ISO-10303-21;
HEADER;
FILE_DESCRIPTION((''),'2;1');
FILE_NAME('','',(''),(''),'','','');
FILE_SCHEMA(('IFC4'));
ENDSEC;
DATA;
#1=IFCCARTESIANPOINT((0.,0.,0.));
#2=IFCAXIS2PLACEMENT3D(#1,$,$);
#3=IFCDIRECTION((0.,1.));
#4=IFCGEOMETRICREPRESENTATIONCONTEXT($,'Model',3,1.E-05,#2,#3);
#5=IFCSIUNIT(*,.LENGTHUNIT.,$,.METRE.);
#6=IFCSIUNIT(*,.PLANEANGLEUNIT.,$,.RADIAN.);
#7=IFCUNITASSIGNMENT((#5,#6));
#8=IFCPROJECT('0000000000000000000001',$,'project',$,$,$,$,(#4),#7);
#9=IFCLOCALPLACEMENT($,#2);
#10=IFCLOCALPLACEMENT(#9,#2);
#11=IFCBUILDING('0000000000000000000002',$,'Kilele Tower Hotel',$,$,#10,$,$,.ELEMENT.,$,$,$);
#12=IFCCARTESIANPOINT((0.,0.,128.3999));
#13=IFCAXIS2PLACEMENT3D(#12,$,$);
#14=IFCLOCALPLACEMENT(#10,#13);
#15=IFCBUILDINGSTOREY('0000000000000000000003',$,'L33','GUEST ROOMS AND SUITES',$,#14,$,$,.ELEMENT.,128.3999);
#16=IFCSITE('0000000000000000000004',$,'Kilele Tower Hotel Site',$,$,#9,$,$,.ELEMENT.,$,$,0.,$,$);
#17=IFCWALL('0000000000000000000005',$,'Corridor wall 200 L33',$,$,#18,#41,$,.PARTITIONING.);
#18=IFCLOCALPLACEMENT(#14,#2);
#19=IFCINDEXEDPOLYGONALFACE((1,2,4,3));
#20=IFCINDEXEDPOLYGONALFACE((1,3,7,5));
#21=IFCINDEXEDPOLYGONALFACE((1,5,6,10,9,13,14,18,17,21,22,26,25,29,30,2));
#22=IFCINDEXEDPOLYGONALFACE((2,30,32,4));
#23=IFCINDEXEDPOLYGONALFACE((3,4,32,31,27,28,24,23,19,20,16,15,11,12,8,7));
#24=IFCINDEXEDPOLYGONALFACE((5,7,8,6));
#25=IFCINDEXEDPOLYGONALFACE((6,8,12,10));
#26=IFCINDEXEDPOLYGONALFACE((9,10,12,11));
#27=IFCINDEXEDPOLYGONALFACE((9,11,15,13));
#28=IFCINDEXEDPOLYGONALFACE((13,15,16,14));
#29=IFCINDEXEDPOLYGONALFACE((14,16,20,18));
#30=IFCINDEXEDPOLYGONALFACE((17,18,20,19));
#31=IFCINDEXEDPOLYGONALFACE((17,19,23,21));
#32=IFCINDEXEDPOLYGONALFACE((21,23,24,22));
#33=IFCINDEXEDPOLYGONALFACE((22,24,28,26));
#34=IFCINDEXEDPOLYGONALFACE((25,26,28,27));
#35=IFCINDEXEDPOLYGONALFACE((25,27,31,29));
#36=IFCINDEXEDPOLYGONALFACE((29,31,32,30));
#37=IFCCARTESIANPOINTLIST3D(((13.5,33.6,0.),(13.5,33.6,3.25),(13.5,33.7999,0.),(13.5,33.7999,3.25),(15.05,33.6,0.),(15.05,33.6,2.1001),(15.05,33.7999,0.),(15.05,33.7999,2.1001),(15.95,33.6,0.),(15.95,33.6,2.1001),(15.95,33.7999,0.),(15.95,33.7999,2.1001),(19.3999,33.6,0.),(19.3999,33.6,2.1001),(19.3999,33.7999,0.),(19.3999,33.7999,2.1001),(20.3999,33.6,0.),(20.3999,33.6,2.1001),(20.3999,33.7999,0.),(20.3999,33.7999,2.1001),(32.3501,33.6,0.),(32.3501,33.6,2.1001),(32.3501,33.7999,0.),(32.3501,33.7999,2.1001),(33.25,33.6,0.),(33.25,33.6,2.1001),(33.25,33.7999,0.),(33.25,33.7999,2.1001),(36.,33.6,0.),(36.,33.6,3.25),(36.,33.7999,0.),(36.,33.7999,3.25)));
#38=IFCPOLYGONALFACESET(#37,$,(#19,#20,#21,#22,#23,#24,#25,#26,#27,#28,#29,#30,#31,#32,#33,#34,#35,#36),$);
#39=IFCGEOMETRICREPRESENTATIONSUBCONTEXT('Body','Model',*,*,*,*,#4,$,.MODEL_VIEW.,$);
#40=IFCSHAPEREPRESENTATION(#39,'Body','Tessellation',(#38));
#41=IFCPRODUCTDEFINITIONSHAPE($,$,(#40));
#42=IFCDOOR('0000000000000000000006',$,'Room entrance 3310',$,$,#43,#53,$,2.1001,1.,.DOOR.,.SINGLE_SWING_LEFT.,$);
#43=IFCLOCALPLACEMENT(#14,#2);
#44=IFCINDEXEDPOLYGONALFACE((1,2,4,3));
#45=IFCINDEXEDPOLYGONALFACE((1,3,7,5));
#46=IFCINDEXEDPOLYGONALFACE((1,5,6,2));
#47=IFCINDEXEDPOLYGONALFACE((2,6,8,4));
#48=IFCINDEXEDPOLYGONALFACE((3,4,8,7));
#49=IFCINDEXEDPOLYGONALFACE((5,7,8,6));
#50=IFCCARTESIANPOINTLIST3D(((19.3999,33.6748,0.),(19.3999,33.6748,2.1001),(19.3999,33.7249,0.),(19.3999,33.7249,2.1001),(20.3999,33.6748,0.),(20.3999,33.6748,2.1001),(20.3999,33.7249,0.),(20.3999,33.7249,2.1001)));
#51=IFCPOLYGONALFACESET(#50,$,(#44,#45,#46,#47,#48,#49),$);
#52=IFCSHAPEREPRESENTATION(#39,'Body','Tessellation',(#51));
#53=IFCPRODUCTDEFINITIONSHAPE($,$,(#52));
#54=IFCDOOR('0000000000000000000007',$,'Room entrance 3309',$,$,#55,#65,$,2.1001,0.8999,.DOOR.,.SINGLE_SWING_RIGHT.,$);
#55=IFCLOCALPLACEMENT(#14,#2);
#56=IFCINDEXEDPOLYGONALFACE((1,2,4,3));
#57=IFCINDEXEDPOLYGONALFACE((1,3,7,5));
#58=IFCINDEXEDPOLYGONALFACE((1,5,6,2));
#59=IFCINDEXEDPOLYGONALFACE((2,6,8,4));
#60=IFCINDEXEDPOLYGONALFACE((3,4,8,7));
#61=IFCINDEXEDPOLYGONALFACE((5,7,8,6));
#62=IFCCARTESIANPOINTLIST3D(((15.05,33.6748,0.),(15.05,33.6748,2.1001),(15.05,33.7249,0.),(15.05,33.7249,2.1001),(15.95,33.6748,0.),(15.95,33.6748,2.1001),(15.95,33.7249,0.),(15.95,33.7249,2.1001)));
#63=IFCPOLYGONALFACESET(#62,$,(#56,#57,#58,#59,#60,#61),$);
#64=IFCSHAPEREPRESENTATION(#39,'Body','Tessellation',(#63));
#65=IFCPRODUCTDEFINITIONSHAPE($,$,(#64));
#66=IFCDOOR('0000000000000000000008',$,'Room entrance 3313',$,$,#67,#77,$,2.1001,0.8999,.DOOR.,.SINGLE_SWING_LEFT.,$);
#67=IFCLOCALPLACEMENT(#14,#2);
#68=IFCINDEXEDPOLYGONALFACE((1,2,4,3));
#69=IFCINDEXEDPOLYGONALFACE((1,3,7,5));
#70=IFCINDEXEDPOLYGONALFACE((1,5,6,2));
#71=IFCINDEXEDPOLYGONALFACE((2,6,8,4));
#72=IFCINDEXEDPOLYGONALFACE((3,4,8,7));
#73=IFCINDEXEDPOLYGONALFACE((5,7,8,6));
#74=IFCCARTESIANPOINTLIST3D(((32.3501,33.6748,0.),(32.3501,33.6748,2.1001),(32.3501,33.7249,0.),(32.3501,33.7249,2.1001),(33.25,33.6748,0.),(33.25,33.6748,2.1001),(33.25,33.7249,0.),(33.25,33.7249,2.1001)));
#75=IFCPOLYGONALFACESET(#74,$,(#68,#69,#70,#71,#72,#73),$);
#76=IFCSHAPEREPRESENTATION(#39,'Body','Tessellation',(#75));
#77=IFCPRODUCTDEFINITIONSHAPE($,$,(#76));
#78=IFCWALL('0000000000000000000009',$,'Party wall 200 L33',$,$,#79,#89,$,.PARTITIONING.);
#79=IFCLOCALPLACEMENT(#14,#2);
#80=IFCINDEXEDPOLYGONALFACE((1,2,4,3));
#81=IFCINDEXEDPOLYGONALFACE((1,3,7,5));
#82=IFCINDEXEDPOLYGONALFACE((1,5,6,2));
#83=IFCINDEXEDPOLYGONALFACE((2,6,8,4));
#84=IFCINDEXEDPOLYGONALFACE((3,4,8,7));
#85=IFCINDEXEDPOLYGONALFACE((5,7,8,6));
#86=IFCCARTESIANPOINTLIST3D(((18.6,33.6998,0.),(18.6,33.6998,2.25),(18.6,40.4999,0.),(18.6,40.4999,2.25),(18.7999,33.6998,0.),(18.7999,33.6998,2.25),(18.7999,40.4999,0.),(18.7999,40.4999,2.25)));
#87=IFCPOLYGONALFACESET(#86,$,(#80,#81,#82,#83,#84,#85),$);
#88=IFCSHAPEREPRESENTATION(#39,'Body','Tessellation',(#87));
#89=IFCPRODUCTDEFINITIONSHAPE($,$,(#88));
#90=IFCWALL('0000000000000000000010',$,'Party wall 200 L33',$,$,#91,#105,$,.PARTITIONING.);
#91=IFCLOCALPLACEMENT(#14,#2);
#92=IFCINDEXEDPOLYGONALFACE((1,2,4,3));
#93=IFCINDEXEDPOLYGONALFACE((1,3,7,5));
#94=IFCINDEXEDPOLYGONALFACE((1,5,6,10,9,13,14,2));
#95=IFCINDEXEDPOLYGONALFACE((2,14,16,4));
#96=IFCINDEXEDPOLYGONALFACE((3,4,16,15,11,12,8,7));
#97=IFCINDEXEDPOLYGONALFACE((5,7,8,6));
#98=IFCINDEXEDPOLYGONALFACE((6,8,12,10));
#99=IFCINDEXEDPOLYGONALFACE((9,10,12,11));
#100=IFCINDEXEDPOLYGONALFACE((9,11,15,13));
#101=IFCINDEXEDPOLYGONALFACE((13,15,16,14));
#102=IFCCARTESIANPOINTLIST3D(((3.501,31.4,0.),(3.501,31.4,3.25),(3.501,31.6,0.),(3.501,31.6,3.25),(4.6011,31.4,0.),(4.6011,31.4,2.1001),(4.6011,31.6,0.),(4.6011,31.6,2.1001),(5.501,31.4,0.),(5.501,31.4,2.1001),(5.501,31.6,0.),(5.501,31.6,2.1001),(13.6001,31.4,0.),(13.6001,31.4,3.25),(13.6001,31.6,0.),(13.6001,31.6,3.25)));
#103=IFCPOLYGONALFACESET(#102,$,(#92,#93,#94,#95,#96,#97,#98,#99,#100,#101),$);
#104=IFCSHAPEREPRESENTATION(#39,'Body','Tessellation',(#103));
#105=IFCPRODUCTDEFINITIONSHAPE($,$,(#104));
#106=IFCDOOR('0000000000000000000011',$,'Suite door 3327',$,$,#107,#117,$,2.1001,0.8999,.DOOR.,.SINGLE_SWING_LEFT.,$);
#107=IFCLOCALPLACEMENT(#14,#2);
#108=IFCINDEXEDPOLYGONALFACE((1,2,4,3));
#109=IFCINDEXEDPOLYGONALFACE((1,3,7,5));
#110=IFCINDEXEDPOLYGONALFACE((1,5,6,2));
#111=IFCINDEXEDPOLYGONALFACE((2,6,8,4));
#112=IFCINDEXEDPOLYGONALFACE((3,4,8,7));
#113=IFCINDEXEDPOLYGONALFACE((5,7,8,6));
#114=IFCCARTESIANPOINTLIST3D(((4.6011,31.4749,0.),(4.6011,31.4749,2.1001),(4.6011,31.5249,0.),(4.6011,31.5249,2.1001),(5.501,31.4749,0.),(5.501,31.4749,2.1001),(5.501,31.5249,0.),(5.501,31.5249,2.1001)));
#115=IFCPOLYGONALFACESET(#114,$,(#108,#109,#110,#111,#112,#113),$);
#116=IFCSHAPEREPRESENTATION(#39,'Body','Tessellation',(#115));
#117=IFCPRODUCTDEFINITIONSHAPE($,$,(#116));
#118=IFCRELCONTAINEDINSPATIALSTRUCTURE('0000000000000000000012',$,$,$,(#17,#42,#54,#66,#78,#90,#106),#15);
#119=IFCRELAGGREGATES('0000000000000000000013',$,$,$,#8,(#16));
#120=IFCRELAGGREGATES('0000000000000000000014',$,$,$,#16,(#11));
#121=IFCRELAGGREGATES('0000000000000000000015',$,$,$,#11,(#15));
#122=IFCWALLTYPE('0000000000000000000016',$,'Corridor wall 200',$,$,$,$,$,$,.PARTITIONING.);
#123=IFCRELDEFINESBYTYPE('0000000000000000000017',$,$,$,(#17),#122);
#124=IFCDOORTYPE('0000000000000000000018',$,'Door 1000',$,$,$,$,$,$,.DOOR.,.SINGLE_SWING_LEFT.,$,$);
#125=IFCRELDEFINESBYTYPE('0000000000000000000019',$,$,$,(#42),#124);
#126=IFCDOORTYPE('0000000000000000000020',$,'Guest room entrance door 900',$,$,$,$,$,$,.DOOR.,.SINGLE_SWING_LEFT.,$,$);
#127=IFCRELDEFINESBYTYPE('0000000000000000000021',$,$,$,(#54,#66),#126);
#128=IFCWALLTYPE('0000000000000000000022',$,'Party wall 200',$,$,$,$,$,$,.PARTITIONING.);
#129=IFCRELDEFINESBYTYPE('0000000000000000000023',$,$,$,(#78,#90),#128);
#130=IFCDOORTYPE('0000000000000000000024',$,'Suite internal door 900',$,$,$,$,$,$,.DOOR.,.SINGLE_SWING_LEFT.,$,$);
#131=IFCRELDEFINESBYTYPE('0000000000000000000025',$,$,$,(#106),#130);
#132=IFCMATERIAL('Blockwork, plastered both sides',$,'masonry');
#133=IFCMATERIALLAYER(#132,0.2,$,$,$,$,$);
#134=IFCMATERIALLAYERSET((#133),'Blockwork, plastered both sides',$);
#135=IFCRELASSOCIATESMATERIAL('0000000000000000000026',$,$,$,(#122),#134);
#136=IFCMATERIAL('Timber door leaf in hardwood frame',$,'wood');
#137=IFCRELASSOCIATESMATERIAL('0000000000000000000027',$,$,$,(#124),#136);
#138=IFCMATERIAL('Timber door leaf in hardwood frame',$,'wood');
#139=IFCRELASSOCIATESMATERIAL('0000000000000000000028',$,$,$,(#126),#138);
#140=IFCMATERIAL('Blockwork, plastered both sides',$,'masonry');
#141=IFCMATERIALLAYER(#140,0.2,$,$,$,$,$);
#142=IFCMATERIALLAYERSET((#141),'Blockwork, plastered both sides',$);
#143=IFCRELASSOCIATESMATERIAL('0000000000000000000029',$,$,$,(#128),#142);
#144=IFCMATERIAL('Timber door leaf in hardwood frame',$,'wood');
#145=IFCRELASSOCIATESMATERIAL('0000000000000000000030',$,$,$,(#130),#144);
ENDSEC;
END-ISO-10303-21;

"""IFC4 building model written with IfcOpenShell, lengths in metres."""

from ifc_helpers import new_model, si_unit, direction, frame, frame_2d, origin, place, context, subcontext, project, spatial, rectangle, extrude, material, layer, layer_set, type_object, element, fill, save


model = new_model("IFC4")

# Units and contexts
model_context = context("Model", 3, precision=1e-05, world=origin(), true_north=direction((0.0, 1.0)))
body_context = subcontext(model_context, "Body", "Model", "MODEL_VIEW")
ifc_project = project(units=[si_unit("LENGTHUNIT", "METRE"), si_unit("PLANEANGLEUNIT", "RADIAN")], contexts=[model_context])

# Site, building, storey
site_placement = place(None, origin())
site = spatial("IfcSite", under=ifc_project, at=site_placement, Name="Kilele Tower Hotel Site", CompositionType="ELEMENT", RefElevation=0.0)
building_placement = place(site_placement, origin())
building = spatial("IfcBuilding", under=site, at=building_placement, Name="Kilele Tower Hotel", CompositionType="ELEMENT")
storey_placement = place(building_placement, frame((0.0, 0.0, 128.3999)))
storey = spatial("IfcBuildingStorey", under=building, at=storey_placement, Name="L33", Description="GUEST ROOMS AND SUITES", CompositionType="ELEMENT", Elevation=128.3999)

# Wall, openings, doors
ifc_material_1 = material(Name="Blockwork, plastered both sides", Category="masonry")
ifc_layer_1 = layer(ifc_material_1, 0.2)
ifc_layer_set_1 = layer_set([ifc_layer_1], Name="Blockwork, plastered both sides")
wall_type_1 = type_object("IfcWallType", Name="Corridor wall 200", PredefinedType="PARTITIONING", material=ifc_layer_set_1)
wall_1_placement = place(storey_placement, frame((13.5, 33.7, 0.0), z_axis=(0.0, 0.0, 1.0), x_axis=(1.0, 0.0, 0.0)))
wall_1 = element("IfcWall", 1, at=wall_1_placement, inside=storey, type_object=wall_type_1, Name="Corridor wall 200 L33", PredefinedType="PARTITIONING", context=body_context, shape_type="SweptSolid", body=[
    extrude(rectangle(XDim=22.5, YDim=0.2, at=frame_2d((11.25, 0.0))), origin(), (0.0, 0.0, 1.0), 3.25),
])
opening_1_placement = place(wall_1_placement, frame((1.55, 0.0, 0.0)))
opening_1 = element("IfcOpeningElement", 2, at=opening_1_placement, cuts=wall_1, PredefinedType="OPENING", context=body_context, shape_type="SweptSolid", body=[
    extrude(rectangle(XDim=0.8999, YDim=2.1001, at=frame_2d((0.45, 1.05))), frame((0.0, 0.1099, 0.0), z_axis=(0.0, -1.0, 0.0), x_axis=(1.0, 0.0, 0.0)), (0.0, 0.0, 1.0), 0.22),
])
opening_2_placement = place(wall_1_placement, frame((5.8999, 0.0, 0.0)))
opening_2 = element("IfcOpeningElement", 3, at=opening_2_placement, cuts=wall_1, PredefinedType="OPENING", context=body_context, shape_type="SweptSolid", body=[
    extrude(rectangle(XDim=1.0, YDim=2.1001, at=frame_2d((0.5, 1.05))), frame((0.0, 0.1099, 0.0), z_axis=(0.0, -1.0, 0.0), x_axis=(1.0, 0.0, 0.0)), (0.0, 0.0, 1.0), 0.22),
])
opening_3_placement = place(wall_1_placement, frame((18.8501, 0.0, 0.0)))
opening_3 = element("IfcOpeningElement", 4, at=opening_3_placement, cuts=wall_1, PredefinedType="OPENING", context=body_context, shape_type="SweptSolid", body=[
    extrude(rectangle(XDim=0.8999, YDim=2.1001, at=frame_2d((0.45, 1.05))), frame((0.0, 0.1099, 0.0), z_axis=(0.0, -1.0, 0.0), x_axis=(1.0, 0.0, 0.0)), (0.0, 0.0, 1.0), 0.22),
])
ifc_material_2 = material(Name="Timber door leaf in hardwood frame", Category="wood")
door_type_1 = type_object("IfcDoorType", Name="Door 1000", OperationType="SINGLE_SWING_LEFT", PredefinedType="DOOR", material=ifc_material_2)
door_1_placement = place(opening_2_placement, origin())
door_1 = element("IfcDoor", 5, at=door_1_placement, inside=storey, type_object=door_type_1, Name="Room entrance 3310", OperationType="SINGLE_SWING_LEFT", OverallHeight=2.1001, OverallWidth=1.0, PredefinedType="DOOR", context=body_context, shape_type="SweptSolid", body=[
    extrude(rectangle(XDim=1.0, YDim=2.1001, at=frame_2d((0.5, 1.05))), frame((0.0, 0.0249, 0.0), z_axis=(0.0, -1.0, 0.0), x_axis=(1.0, 0.0, 0.0)), (0.0, 0.0, 1.0), 0.05),
])
fill(opening_2, door_1)
ifc_material_3 = material(Name="Timber door leaf in hardwood frame", Category="wood")
door_type_2 = type_object("IfcDoorType", Name="Guest room entrance door 900", OperationType="SINGLE_SWING_LEFT", PredefinedType="DOOR", material=ifc_material_3)
door_2_placement = place(opening_1_placement, origin())
door_2 = element("IfcDoor", 6, at=door_2_placement, inside=storey, type_object=door_type_2, Name="Room entrance 3309", OperationType="SINGLE_SWING_RIGHT", OverallHeight=2.1001, OverallWidth=0.8999, PredefinedType="DOOR", context=body_context, shape_type="SweptSolid", body=[
    extrude(rectangle(XDim=0.8999, YDim=2.1001, at=frame_2d((0.45, 1.05))), frame((0.0, 0.0249, 0.0), z_axis=(0.0, -1.0, 0.0), x_axis=(1.0, 0.0, 0.0)), (0.0, 0.0, 1.0), 0.05),
])
fill(opening_1, door_2)
door_3_placement = place(opening_3_placement, origin())
door_3 = element("IfcDoor", 7, at=door_3_placement, inside=storey, type_object=door_type_2, Name="Room entrance 3313", OperationType="SINGLE_SWING_LEFT", OverallHeight=2.1001, OverallWidth=0.8999, PredefinedType="DOOR", context=body_context, shape_type="SweptSolid", body=[
    extrude(rectangle(XDim=0.8999, YDim=2.1001, at=frame_2d((0.45, 1.05))), frame((0.0, 0.0249, 0.0), z_axis=(0.0, -1.0, 0.0), x_axis=(1.0, 0.0, 0.0)), (0.0, 0.0, 1.0), 0.05),
])
fill(opening_3, door_3)

# Wall
ifc_material_4 = material(Name="Blockwork, plastered both sides", Category="masonry")
ifc_layer_2 = layer(ifc_material_4, 0.2)
ifc_layer_set_2 = layer_set([ifc_layer_2], Name="Blockwork, plastered both sides")
wall_type_2 = type_object("IfcWallType", Name="Party wall 200", PredefinedType="PARTITIONING", material=ifc_layer_set_2)
wall_2_placement = place(storey_placement, frame((18.7, 33.7, 0.0), z_axis=(0.0, 0.0, 1.0), x_axis=(0.0, 1.0, 0.0)))
element("IfcWall", 8, at=wall_2_placement, inside=storey, type_object=wall_type_2, Name="Party wall 200 L33", PredefinedType="PARTITIONING", context=body_context, shape_type="SweptSolid", body=[
    extrude(rectangle(XDim=6.8, YDim=0.2, at=frame_2d((3.3999, 0.0))), origin(), (0.0, 0.0, 1.0), 2.25),
])

# Wall, opening, door
wall_3_placement = place(storey_placement, frame((13.6001, 31.5, 0.0), z_axis=(0.0, 0.0, 1.0), x_axis=(-1.0, 0.0, 0.0)))
wall_3 = element("IfcWall", 9, at=wall_3_placement, inside=storey, type_object=wall_type_2, Name="Party wall 200 L33", PredefinedType="PARTITIONING", context=body_context, shape_type="SweptSolid", body=[
    extrude(rectangle(XDim=10.0991, YDim=0.2, at=frame_2d((5.0496, 0.0))), origin(), (0.0, 0.0, 1.0), 3.25),
])
opening_4_placement = place(wall_3_placement, frame((8.999, 0.0, 0.0), z_axis=(0.0, 0.0, 1.0), x_axis=(-1.0, 0.0, 0.0)))
opening_4 = element("IfcOpeningElement", 10, at=opening_4_placement, cuts=wall_3, PredefinedType="OPENING", context=body_context, shape_type="SweptSolid", body=[
    extrude(rectangle(XDim=0.8999, YDim=2.1001, at=frame_2d((0.45, 1.05))), frame((0.0, 0.1099, 0.0), z_axis=(0.0, -1.0, 0.0), x_axis=(1.0, 0.0, 0.0)), (0.0, 0.0, 1.0), 0.22),
])
ifc_material_5 = material(Name="Timber door leaf in hardwood frame", Category="wood")
door_type_3 = type_object("IfcDoorType", Name="Suite internal door 900", OperationType="SINGLE_SWING_LEFT", PredefinedType="DOOR", material=ifc_material_5)
door_4_placement = place(opening_4_placement, origin())
door_4 = element("IfcDoor", 11, at=door_4_placement, inside=storey, type_object=door_type_3, Name="Suite door 3327", OperationType="SINGLE_SWING_LEFT", OverallHeight=2.1001, OverallWidth=0.8999, PredefinedType="DOOR", context=body_context, shape_type="SweptSolid", body=[
    extrude(rectangle(XDim=0.8999, YDim=2.1001, at=frame_2d((0.45, 1.05))), frame((0.0, 0.0249, 0.0), z_axis=(0.0, -1.0, 0.0), x_axis=(1.0, 0.0, 0.0)), (0.0, 0.0, 1.0), 0.05),
])
fill(opening_4, door_4)

save(model, "model.ifc")
